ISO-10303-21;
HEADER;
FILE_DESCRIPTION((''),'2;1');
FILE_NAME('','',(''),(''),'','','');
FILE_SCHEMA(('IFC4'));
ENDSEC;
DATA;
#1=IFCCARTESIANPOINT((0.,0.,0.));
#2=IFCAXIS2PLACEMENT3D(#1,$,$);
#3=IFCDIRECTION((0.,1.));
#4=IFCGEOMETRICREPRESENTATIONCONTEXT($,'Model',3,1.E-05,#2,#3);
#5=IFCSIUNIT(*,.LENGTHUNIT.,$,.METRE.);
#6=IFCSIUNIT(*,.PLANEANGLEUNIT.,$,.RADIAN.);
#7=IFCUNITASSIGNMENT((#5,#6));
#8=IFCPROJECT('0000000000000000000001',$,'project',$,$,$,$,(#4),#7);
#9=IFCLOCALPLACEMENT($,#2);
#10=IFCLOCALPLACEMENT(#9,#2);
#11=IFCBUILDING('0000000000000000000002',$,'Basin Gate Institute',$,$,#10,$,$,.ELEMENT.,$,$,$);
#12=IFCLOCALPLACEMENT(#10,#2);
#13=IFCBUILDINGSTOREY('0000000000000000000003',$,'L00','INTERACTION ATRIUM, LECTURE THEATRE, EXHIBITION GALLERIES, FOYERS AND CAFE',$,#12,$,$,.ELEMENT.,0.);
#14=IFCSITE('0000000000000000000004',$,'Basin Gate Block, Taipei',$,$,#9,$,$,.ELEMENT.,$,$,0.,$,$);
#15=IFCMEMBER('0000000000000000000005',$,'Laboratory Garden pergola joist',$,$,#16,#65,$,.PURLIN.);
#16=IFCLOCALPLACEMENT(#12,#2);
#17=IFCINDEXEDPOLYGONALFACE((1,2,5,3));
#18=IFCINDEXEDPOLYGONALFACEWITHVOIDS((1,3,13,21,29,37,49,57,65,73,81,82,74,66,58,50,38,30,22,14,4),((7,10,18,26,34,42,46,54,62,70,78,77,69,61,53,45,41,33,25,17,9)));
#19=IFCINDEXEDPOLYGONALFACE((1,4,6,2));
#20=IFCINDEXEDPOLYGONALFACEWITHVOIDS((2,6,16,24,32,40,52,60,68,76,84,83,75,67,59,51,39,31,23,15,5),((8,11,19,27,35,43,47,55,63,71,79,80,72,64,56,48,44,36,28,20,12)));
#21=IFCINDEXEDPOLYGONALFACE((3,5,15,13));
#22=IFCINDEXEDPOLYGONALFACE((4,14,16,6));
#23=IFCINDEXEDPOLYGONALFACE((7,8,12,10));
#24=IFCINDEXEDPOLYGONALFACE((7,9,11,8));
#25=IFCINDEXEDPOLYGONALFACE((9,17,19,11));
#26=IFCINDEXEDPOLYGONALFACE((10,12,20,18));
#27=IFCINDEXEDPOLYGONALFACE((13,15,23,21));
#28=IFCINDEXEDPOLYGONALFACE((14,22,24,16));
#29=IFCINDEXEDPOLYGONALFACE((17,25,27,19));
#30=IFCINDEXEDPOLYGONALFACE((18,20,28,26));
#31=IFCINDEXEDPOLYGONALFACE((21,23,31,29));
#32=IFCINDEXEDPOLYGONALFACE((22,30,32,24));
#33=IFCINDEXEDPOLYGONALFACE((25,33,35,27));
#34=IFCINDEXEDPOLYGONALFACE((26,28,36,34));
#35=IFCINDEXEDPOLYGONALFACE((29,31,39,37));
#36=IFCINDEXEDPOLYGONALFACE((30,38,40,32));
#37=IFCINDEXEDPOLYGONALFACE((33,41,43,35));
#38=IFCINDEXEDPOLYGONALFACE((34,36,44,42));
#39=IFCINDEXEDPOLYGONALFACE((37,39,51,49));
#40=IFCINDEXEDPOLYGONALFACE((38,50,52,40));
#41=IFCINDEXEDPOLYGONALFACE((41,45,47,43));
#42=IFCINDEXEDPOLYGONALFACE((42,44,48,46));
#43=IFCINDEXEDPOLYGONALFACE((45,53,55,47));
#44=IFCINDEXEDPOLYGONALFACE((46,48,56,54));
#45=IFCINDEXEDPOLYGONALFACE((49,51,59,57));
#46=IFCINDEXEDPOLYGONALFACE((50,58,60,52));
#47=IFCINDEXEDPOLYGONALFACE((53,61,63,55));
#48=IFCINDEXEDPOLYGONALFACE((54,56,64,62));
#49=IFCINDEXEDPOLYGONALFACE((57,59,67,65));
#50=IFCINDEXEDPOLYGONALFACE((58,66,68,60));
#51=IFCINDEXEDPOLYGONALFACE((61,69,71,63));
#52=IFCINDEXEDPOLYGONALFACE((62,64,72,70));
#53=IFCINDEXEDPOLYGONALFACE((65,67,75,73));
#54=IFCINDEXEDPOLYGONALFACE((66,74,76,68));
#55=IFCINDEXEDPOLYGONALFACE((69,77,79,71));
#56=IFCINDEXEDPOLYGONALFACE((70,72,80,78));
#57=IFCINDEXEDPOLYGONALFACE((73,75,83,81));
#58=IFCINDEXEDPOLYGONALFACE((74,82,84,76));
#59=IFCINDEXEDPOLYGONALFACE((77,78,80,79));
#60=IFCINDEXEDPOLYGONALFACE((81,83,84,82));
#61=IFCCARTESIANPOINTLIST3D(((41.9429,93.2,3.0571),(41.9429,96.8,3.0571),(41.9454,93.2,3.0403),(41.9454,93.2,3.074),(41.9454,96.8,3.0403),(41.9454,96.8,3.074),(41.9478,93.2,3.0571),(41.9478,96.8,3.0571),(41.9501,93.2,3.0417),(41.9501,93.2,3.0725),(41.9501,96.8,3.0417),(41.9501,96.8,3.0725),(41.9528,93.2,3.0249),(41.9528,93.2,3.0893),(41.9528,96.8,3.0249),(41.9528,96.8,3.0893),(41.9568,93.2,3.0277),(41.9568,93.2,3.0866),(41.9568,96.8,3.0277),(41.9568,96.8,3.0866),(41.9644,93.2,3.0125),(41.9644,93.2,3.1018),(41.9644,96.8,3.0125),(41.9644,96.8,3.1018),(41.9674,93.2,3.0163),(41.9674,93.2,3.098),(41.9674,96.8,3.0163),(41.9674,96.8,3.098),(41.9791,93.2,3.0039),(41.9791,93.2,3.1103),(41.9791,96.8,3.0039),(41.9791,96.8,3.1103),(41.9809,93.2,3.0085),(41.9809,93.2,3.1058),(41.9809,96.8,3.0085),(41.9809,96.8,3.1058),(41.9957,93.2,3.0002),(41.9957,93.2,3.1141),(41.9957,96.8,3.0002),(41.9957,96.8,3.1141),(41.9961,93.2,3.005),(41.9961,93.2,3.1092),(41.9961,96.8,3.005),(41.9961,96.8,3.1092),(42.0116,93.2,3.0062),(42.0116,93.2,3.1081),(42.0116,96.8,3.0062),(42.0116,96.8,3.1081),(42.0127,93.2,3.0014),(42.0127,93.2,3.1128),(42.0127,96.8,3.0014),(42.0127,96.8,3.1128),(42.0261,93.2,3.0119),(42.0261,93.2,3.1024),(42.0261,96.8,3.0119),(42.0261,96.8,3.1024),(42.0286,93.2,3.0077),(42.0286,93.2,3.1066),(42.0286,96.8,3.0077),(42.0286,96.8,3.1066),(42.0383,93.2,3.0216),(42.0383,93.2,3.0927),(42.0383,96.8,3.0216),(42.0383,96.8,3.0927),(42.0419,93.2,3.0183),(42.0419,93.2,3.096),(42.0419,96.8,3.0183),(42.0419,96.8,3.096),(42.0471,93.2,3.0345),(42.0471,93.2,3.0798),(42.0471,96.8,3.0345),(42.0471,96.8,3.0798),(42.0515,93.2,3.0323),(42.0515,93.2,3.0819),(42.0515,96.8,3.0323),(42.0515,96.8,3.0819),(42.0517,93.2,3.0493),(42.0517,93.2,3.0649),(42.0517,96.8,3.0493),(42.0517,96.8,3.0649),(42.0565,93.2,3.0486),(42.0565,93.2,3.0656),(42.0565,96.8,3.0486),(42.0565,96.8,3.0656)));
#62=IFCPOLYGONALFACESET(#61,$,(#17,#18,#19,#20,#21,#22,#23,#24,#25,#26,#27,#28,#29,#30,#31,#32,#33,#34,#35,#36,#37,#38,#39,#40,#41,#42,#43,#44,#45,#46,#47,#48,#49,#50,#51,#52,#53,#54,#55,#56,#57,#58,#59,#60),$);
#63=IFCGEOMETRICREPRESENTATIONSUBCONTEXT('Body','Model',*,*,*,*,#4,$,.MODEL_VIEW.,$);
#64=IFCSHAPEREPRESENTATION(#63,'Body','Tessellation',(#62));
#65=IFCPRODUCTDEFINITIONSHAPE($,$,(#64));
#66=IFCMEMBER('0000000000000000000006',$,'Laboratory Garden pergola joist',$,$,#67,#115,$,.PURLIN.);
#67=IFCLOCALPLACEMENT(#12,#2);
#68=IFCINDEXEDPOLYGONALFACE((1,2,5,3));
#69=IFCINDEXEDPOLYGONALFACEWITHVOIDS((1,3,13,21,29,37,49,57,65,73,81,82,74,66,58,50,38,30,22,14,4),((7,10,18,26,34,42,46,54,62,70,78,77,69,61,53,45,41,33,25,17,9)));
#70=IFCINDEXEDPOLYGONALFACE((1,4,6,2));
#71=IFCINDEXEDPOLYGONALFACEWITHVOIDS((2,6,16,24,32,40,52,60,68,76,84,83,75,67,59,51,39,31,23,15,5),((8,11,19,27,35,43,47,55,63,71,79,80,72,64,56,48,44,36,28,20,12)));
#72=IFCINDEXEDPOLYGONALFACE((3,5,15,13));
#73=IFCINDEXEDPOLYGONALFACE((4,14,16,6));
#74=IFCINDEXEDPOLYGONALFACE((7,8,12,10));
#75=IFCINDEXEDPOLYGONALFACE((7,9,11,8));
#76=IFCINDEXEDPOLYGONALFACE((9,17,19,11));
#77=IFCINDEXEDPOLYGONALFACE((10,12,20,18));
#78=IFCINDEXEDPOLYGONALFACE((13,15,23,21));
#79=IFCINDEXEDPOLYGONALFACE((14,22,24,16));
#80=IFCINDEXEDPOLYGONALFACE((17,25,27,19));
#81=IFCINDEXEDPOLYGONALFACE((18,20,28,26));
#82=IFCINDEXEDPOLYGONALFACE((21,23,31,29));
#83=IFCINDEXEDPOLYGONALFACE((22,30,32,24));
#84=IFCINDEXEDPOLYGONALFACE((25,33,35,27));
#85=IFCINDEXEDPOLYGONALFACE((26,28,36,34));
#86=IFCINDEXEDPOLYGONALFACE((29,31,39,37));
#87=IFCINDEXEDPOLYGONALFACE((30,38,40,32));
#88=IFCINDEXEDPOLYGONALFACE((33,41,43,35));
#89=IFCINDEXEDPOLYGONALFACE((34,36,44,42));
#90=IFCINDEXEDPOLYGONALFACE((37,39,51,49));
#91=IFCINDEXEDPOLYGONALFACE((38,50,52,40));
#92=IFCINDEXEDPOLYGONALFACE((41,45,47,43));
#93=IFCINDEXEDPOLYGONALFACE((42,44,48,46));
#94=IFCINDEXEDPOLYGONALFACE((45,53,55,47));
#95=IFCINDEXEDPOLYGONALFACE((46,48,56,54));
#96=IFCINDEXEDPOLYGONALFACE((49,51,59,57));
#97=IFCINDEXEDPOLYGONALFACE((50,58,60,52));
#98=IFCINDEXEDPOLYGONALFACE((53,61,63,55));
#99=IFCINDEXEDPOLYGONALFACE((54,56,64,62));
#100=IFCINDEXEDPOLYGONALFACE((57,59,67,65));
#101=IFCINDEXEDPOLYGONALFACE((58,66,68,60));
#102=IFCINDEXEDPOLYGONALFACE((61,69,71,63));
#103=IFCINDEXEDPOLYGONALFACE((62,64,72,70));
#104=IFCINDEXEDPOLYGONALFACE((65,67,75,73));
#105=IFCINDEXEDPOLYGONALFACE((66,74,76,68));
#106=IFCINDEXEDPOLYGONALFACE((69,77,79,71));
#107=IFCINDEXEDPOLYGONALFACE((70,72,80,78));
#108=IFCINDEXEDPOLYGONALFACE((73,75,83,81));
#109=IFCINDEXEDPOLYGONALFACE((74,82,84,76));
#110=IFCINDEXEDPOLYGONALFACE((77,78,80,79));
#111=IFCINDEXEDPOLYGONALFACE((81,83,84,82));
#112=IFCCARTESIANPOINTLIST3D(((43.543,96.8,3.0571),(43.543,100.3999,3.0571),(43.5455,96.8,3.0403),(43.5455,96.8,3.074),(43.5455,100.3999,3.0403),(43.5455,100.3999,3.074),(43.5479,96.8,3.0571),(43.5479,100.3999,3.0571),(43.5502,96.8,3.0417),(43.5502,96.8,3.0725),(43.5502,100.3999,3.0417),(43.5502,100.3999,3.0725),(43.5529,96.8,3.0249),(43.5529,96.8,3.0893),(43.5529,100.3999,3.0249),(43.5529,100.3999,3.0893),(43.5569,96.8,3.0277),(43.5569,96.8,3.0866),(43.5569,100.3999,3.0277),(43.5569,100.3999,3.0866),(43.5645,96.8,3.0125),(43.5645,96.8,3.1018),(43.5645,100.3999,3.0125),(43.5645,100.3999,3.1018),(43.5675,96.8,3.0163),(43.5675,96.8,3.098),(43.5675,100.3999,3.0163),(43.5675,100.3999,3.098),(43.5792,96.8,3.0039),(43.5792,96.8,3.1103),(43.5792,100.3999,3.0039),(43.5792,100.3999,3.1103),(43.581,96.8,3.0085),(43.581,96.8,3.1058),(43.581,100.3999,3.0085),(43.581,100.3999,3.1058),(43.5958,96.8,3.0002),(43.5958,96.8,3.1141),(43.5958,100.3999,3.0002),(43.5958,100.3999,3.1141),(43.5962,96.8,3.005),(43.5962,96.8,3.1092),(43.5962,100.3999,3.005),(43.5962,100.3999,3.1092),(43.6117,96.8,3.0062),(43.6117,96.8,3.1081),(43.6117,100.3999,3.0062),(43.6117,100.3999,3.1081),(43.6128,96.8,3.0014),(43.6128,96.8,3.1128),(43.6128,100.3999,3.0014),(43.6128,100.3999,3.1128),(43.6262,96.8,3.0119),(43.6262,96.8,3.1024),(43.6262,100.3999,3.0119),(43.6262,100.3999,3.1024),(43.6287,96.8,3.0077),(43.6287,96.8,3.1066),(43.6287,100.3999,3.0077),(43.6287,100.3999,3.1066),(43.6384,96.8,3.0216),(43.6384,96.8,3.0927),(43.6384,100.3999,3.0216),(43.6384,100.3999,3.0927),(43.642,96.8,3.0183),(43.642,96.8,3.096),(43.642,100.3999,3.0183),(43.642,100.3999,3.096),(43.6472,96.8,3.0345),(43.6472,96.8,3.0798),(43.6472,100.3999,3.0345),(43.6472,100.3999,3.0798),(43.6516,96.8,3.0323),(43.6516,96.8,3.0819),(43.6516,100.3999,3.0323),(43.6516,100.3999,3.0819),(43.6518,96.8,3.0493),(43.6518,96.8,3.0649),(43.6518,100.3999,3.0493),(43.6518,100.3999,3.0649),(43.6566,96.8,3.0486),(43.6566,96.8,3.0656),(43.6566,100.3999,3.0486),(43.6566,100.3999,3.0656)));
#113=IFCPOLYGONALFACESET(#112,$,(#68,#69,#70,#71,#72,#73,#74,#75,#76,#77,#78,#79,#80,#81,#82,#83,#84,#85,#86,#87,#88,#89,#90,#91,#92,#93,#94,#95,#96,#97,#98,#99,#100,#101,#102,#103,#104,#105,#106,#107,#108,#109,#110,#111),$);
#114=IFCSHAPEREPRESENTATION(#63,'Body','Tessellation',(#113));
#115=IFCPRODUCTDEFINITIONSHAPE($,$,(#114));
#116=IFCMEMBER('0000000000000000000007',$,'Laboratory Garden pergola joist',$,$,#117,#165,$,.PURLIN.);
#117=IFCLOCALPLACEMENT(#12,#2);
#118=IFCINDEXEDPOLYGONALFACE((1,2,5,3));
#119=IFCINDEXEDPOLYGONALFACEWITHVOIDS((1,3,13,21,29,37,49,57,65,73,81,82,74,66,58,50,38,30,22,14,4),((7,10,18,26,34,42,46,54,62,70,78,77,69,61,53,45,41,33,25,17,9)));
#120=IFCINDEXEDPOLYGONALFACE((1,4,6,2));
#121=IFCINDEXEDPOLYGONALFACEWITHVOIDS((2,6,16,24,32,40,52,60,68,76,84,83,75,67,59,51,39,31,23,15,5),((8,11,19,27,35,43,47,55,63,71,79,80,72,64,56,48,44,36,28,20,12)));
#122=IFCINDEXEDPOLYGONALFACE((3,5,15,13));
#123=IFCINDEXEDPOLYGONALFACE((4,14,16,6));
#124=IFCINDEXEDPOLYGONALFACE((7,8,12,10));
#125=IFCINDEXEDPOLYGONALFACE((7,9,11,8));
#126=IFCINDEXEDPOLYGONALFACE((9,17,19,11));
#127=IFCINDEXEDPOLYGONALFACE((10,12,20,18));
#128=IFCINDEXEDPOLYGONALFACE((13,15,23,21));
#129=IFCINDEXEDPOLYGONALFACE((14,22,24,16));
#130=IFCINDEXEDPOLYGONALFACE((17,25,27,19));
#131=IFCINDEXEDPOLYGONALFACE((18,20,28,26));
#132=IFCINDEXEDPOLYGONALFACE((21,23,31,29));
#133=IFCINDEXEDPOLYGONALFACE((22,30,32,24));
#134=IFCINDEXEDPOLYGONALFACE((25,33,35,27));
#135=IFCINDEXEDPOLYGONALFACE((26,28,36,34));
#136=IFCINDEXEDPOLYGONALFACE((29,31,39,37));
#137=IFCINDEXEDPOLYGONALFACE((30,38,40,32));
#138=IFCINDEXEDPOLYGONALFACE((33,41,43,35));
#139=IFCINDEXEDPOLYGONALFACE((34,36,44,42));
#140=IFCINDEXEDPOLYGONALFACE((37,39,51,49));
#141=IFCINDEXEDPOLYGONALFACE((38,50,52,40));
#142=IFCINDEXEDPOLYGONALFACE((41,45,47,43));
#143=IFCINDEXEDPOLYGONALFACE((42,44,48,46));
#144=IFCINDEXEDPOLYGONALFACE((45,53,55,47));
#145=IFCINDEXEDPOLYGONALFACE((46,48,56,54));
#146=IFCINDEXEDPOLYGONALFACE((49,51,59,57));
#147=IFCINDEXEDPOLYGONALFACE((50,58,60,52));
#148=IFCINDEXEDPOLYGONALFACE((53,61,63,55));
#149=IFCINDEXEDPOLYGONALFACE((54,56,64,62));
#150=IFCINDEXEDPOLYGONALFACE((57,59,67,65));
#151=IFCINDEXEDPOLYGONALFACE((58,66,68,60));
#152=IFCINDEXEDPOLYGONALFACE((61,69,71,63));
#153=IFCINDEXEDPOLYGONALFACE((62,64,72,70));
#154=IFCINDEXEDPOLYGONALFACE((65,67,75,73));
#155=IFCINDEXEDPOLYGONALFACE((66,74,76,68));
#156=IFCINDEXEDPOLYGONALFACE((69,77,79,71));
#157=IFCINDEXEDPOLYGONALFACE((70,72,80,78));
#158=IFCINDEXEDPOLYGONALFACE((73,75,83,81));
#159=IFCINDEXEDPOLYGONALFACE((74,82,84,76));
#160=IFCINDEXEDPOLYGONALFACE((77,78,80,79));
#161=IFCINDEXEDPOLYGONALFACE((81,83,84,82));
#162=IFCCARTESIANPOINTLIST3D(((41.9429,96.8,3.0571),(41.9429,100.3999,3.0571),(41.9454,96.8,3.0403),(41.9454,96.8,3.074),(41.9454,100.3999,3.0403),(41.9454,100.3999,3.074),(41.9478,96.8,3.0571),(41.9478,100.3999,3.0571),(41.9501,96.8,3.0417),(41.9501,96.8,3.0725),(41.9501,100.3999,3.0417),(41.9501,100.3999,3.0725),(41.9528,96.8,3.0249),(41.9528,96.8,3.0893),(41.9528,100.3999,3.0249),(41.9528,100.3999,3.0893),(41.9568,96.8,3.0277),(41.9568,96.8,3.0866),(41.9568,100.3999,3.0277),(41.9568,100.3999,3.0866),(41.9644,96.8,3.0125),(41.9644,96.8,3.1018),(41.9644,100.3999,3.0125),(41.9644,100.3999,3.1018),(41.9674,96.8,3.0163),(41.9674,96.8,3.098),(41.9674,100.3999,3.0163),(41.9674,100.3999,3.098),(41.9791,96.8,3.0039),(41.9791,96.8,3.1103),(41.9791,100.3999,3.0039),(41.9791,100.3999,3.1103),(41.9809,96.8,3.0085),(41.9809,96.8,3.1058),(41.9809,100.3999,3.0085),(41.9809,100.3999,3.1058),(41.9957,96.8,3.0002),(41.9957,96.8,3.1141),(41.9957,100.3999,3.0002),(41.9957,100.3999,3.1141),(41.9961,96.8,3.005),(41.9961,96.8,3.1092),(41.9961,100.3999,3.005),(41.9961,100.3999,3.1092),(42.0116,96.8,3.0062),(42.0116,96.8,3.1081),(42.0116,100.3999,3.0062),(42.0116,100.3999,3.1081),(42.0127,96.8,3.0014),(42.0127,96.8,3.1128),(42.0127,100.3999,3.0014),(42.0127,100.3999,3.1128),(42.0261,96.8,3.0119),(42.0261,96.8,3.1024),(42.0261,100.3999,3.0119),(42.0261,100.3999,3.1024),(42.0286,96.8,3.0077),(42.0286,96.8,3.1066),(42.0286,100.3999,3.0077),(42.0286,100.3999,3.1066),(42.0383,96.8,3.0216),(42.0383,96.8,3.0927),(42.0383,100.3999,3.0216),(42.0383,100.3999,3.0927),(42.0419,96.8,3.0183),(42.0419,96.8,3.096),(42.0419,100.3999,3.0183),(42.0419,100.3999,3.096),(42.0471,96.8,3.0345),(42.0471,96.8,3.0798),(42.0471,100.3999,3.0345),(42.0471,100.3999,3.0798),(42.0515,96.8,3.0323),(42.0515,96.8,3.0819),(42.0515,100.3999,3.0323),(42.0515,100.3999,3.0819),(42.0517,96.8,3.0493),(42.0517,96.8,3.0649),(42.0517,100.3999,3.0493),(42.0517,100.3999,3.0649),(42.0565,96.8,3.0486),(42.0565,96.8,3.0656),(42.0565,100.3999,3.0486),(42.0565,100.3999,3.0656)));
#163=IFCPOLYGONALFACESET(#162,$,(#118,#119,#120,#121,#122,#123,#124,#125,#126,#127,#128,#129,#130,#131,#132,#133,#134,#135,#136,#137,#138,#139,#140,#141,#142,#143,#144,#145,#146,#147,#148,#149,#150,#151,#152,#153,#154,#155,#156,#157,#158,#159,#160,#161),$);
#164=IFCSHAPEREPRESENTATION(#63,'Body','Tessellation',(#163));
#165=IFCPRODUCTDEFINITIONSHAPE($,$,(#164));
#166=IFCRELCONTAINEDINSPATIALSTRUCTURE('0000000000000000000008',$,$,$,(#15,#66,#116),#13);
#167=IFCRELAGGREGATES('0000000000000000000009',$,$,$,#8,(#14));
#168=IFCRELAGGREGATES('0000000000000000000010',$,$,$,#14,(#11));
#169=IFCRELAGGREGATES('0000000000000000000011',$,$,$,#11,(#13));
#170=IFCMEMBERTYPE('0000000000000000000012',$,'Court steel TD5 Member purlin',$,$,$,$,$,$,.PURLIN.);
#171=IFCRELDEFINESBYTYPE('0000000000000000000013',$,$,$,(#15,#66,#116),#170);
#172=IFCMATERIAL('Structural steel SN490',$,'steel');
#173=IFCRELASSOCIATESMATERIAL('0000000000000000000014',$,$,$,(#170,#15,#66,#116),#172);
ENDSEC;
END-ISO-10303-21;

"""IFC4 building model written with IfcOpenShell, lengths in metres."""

from ifc_helpers import new_model, si_unit, direction, frame, origin, origin_2d, place, context, subcontext, project, spatial, hollow_circle, extrude, material, material_profile, profile_set, type_object, element, save


model = new_model("IFC4")

# Units and contexts
model_context = context("Model", 3, precision=1e-05, world=origin(), true_north=direction((0.0, 1.0)))
body_context = subcontext(model_context, "Body", "Model", "MODEL_VIEW")
ifc_project = project(units=[si_unit("LENGTHUNIT", "METRE"), si_unit("PLANEANGLEUNIT", "RADIAN")], contexts=[model_context])

# Site, building, storey
site_placement = place(None, origin())
site = spatial("IfcSite", under=ifc_project, at=site_placement, Name="Basin Gate Block, Taipei", CompositionType="ELEMENT", RefElevation=0.0)
building_placement = place(site_placement, origin())
building = spatial("IfcBuilding", under=site, at=building_placement, Name="Basin Gate Institute", CompositionType="ELEMENT")
storey_placement = place(building_placement, origin())
storey = spatial("IfcBuildingStorey", under=building, at=storey_placement, Name="L00", Description="INTERACTION ATRIUM, LECTURE THEATRE, EXHIBITION GALLERIES, FOYERS AND CAFE", CompositionType="ELEMENT", Elevation=0.0)

# Members
ifc_material_1 = material(Name="Structural steel SN490", Category="steel")
ifc_material_profile_1 = material_profile(ifc_material_1, hollow_circle(Radius=0.0571, WallThickness=0.0049, at=origin_2d()), Name="CHS114x5")
ifc_profile_set_1 = profile_set([ifc_material_profile_1], Name="Structural steel SN490")
member_type = type_object("IfcMemberType", Name="Court steel TD5 Member purlin", PredefinedType="PURLIN", material=ifc_profile_set_1)
for number, where, z_axis, x_axis, name in (
    (1, (42.0, 93.2, 3.0571), (0.0, 1.0, 0.0), (-1.0, 0.0, 0.0), "Laboratory Garden pergola joist"),
):
    element("IfcMember", number, at=place(storey_placement, frame(where, z_axis=z_axis, x_axis=x_axis)), inside=storey, type_object=member_type, material=ifc_profile_set_1, Name=name, PredefinedType="PURLIN", context=body_context, shape_type="SweptSolid", body=[
        extrude(hollow_circle(Radius=0.0571, WallThickness=0.0049, at=origin_2d()), origin(), (0.0, 0.0, 1.0), 3.6001),
    ])
for number, where, z_axis, x_axis, name in (
    (2, (43.6001, 96.8, 3.0571), (0.0, 1.0, 0.0), (-1.0, 0.0, 0.0), "Laboratory Garden pergola joist"),
    (3, (42.0, 96.8, 3.0571), (0.0, 1.0, 0.0), (-1.0, 0.0, 0.0), "Laboratory Garden pergola joist"),
):
    element("IfcMember", number, at=place(storey_placement, frame(where, z_axis=z_axis, x_axis=x_axis)), inside=storey, type_object=member_type, material=ifc_profile_set_1, Name=name, PredefinedType="PURLIN", context=body_context, shape_type="SweptSolid", body=[
        extrude(hollow_circle(Radius=0.0571, WallThickness=0.0049, at=origin_2d()), origin(), (0.0, 0.0, 1.0), 3.5999),
    ])

save(model, "model.ifc")
